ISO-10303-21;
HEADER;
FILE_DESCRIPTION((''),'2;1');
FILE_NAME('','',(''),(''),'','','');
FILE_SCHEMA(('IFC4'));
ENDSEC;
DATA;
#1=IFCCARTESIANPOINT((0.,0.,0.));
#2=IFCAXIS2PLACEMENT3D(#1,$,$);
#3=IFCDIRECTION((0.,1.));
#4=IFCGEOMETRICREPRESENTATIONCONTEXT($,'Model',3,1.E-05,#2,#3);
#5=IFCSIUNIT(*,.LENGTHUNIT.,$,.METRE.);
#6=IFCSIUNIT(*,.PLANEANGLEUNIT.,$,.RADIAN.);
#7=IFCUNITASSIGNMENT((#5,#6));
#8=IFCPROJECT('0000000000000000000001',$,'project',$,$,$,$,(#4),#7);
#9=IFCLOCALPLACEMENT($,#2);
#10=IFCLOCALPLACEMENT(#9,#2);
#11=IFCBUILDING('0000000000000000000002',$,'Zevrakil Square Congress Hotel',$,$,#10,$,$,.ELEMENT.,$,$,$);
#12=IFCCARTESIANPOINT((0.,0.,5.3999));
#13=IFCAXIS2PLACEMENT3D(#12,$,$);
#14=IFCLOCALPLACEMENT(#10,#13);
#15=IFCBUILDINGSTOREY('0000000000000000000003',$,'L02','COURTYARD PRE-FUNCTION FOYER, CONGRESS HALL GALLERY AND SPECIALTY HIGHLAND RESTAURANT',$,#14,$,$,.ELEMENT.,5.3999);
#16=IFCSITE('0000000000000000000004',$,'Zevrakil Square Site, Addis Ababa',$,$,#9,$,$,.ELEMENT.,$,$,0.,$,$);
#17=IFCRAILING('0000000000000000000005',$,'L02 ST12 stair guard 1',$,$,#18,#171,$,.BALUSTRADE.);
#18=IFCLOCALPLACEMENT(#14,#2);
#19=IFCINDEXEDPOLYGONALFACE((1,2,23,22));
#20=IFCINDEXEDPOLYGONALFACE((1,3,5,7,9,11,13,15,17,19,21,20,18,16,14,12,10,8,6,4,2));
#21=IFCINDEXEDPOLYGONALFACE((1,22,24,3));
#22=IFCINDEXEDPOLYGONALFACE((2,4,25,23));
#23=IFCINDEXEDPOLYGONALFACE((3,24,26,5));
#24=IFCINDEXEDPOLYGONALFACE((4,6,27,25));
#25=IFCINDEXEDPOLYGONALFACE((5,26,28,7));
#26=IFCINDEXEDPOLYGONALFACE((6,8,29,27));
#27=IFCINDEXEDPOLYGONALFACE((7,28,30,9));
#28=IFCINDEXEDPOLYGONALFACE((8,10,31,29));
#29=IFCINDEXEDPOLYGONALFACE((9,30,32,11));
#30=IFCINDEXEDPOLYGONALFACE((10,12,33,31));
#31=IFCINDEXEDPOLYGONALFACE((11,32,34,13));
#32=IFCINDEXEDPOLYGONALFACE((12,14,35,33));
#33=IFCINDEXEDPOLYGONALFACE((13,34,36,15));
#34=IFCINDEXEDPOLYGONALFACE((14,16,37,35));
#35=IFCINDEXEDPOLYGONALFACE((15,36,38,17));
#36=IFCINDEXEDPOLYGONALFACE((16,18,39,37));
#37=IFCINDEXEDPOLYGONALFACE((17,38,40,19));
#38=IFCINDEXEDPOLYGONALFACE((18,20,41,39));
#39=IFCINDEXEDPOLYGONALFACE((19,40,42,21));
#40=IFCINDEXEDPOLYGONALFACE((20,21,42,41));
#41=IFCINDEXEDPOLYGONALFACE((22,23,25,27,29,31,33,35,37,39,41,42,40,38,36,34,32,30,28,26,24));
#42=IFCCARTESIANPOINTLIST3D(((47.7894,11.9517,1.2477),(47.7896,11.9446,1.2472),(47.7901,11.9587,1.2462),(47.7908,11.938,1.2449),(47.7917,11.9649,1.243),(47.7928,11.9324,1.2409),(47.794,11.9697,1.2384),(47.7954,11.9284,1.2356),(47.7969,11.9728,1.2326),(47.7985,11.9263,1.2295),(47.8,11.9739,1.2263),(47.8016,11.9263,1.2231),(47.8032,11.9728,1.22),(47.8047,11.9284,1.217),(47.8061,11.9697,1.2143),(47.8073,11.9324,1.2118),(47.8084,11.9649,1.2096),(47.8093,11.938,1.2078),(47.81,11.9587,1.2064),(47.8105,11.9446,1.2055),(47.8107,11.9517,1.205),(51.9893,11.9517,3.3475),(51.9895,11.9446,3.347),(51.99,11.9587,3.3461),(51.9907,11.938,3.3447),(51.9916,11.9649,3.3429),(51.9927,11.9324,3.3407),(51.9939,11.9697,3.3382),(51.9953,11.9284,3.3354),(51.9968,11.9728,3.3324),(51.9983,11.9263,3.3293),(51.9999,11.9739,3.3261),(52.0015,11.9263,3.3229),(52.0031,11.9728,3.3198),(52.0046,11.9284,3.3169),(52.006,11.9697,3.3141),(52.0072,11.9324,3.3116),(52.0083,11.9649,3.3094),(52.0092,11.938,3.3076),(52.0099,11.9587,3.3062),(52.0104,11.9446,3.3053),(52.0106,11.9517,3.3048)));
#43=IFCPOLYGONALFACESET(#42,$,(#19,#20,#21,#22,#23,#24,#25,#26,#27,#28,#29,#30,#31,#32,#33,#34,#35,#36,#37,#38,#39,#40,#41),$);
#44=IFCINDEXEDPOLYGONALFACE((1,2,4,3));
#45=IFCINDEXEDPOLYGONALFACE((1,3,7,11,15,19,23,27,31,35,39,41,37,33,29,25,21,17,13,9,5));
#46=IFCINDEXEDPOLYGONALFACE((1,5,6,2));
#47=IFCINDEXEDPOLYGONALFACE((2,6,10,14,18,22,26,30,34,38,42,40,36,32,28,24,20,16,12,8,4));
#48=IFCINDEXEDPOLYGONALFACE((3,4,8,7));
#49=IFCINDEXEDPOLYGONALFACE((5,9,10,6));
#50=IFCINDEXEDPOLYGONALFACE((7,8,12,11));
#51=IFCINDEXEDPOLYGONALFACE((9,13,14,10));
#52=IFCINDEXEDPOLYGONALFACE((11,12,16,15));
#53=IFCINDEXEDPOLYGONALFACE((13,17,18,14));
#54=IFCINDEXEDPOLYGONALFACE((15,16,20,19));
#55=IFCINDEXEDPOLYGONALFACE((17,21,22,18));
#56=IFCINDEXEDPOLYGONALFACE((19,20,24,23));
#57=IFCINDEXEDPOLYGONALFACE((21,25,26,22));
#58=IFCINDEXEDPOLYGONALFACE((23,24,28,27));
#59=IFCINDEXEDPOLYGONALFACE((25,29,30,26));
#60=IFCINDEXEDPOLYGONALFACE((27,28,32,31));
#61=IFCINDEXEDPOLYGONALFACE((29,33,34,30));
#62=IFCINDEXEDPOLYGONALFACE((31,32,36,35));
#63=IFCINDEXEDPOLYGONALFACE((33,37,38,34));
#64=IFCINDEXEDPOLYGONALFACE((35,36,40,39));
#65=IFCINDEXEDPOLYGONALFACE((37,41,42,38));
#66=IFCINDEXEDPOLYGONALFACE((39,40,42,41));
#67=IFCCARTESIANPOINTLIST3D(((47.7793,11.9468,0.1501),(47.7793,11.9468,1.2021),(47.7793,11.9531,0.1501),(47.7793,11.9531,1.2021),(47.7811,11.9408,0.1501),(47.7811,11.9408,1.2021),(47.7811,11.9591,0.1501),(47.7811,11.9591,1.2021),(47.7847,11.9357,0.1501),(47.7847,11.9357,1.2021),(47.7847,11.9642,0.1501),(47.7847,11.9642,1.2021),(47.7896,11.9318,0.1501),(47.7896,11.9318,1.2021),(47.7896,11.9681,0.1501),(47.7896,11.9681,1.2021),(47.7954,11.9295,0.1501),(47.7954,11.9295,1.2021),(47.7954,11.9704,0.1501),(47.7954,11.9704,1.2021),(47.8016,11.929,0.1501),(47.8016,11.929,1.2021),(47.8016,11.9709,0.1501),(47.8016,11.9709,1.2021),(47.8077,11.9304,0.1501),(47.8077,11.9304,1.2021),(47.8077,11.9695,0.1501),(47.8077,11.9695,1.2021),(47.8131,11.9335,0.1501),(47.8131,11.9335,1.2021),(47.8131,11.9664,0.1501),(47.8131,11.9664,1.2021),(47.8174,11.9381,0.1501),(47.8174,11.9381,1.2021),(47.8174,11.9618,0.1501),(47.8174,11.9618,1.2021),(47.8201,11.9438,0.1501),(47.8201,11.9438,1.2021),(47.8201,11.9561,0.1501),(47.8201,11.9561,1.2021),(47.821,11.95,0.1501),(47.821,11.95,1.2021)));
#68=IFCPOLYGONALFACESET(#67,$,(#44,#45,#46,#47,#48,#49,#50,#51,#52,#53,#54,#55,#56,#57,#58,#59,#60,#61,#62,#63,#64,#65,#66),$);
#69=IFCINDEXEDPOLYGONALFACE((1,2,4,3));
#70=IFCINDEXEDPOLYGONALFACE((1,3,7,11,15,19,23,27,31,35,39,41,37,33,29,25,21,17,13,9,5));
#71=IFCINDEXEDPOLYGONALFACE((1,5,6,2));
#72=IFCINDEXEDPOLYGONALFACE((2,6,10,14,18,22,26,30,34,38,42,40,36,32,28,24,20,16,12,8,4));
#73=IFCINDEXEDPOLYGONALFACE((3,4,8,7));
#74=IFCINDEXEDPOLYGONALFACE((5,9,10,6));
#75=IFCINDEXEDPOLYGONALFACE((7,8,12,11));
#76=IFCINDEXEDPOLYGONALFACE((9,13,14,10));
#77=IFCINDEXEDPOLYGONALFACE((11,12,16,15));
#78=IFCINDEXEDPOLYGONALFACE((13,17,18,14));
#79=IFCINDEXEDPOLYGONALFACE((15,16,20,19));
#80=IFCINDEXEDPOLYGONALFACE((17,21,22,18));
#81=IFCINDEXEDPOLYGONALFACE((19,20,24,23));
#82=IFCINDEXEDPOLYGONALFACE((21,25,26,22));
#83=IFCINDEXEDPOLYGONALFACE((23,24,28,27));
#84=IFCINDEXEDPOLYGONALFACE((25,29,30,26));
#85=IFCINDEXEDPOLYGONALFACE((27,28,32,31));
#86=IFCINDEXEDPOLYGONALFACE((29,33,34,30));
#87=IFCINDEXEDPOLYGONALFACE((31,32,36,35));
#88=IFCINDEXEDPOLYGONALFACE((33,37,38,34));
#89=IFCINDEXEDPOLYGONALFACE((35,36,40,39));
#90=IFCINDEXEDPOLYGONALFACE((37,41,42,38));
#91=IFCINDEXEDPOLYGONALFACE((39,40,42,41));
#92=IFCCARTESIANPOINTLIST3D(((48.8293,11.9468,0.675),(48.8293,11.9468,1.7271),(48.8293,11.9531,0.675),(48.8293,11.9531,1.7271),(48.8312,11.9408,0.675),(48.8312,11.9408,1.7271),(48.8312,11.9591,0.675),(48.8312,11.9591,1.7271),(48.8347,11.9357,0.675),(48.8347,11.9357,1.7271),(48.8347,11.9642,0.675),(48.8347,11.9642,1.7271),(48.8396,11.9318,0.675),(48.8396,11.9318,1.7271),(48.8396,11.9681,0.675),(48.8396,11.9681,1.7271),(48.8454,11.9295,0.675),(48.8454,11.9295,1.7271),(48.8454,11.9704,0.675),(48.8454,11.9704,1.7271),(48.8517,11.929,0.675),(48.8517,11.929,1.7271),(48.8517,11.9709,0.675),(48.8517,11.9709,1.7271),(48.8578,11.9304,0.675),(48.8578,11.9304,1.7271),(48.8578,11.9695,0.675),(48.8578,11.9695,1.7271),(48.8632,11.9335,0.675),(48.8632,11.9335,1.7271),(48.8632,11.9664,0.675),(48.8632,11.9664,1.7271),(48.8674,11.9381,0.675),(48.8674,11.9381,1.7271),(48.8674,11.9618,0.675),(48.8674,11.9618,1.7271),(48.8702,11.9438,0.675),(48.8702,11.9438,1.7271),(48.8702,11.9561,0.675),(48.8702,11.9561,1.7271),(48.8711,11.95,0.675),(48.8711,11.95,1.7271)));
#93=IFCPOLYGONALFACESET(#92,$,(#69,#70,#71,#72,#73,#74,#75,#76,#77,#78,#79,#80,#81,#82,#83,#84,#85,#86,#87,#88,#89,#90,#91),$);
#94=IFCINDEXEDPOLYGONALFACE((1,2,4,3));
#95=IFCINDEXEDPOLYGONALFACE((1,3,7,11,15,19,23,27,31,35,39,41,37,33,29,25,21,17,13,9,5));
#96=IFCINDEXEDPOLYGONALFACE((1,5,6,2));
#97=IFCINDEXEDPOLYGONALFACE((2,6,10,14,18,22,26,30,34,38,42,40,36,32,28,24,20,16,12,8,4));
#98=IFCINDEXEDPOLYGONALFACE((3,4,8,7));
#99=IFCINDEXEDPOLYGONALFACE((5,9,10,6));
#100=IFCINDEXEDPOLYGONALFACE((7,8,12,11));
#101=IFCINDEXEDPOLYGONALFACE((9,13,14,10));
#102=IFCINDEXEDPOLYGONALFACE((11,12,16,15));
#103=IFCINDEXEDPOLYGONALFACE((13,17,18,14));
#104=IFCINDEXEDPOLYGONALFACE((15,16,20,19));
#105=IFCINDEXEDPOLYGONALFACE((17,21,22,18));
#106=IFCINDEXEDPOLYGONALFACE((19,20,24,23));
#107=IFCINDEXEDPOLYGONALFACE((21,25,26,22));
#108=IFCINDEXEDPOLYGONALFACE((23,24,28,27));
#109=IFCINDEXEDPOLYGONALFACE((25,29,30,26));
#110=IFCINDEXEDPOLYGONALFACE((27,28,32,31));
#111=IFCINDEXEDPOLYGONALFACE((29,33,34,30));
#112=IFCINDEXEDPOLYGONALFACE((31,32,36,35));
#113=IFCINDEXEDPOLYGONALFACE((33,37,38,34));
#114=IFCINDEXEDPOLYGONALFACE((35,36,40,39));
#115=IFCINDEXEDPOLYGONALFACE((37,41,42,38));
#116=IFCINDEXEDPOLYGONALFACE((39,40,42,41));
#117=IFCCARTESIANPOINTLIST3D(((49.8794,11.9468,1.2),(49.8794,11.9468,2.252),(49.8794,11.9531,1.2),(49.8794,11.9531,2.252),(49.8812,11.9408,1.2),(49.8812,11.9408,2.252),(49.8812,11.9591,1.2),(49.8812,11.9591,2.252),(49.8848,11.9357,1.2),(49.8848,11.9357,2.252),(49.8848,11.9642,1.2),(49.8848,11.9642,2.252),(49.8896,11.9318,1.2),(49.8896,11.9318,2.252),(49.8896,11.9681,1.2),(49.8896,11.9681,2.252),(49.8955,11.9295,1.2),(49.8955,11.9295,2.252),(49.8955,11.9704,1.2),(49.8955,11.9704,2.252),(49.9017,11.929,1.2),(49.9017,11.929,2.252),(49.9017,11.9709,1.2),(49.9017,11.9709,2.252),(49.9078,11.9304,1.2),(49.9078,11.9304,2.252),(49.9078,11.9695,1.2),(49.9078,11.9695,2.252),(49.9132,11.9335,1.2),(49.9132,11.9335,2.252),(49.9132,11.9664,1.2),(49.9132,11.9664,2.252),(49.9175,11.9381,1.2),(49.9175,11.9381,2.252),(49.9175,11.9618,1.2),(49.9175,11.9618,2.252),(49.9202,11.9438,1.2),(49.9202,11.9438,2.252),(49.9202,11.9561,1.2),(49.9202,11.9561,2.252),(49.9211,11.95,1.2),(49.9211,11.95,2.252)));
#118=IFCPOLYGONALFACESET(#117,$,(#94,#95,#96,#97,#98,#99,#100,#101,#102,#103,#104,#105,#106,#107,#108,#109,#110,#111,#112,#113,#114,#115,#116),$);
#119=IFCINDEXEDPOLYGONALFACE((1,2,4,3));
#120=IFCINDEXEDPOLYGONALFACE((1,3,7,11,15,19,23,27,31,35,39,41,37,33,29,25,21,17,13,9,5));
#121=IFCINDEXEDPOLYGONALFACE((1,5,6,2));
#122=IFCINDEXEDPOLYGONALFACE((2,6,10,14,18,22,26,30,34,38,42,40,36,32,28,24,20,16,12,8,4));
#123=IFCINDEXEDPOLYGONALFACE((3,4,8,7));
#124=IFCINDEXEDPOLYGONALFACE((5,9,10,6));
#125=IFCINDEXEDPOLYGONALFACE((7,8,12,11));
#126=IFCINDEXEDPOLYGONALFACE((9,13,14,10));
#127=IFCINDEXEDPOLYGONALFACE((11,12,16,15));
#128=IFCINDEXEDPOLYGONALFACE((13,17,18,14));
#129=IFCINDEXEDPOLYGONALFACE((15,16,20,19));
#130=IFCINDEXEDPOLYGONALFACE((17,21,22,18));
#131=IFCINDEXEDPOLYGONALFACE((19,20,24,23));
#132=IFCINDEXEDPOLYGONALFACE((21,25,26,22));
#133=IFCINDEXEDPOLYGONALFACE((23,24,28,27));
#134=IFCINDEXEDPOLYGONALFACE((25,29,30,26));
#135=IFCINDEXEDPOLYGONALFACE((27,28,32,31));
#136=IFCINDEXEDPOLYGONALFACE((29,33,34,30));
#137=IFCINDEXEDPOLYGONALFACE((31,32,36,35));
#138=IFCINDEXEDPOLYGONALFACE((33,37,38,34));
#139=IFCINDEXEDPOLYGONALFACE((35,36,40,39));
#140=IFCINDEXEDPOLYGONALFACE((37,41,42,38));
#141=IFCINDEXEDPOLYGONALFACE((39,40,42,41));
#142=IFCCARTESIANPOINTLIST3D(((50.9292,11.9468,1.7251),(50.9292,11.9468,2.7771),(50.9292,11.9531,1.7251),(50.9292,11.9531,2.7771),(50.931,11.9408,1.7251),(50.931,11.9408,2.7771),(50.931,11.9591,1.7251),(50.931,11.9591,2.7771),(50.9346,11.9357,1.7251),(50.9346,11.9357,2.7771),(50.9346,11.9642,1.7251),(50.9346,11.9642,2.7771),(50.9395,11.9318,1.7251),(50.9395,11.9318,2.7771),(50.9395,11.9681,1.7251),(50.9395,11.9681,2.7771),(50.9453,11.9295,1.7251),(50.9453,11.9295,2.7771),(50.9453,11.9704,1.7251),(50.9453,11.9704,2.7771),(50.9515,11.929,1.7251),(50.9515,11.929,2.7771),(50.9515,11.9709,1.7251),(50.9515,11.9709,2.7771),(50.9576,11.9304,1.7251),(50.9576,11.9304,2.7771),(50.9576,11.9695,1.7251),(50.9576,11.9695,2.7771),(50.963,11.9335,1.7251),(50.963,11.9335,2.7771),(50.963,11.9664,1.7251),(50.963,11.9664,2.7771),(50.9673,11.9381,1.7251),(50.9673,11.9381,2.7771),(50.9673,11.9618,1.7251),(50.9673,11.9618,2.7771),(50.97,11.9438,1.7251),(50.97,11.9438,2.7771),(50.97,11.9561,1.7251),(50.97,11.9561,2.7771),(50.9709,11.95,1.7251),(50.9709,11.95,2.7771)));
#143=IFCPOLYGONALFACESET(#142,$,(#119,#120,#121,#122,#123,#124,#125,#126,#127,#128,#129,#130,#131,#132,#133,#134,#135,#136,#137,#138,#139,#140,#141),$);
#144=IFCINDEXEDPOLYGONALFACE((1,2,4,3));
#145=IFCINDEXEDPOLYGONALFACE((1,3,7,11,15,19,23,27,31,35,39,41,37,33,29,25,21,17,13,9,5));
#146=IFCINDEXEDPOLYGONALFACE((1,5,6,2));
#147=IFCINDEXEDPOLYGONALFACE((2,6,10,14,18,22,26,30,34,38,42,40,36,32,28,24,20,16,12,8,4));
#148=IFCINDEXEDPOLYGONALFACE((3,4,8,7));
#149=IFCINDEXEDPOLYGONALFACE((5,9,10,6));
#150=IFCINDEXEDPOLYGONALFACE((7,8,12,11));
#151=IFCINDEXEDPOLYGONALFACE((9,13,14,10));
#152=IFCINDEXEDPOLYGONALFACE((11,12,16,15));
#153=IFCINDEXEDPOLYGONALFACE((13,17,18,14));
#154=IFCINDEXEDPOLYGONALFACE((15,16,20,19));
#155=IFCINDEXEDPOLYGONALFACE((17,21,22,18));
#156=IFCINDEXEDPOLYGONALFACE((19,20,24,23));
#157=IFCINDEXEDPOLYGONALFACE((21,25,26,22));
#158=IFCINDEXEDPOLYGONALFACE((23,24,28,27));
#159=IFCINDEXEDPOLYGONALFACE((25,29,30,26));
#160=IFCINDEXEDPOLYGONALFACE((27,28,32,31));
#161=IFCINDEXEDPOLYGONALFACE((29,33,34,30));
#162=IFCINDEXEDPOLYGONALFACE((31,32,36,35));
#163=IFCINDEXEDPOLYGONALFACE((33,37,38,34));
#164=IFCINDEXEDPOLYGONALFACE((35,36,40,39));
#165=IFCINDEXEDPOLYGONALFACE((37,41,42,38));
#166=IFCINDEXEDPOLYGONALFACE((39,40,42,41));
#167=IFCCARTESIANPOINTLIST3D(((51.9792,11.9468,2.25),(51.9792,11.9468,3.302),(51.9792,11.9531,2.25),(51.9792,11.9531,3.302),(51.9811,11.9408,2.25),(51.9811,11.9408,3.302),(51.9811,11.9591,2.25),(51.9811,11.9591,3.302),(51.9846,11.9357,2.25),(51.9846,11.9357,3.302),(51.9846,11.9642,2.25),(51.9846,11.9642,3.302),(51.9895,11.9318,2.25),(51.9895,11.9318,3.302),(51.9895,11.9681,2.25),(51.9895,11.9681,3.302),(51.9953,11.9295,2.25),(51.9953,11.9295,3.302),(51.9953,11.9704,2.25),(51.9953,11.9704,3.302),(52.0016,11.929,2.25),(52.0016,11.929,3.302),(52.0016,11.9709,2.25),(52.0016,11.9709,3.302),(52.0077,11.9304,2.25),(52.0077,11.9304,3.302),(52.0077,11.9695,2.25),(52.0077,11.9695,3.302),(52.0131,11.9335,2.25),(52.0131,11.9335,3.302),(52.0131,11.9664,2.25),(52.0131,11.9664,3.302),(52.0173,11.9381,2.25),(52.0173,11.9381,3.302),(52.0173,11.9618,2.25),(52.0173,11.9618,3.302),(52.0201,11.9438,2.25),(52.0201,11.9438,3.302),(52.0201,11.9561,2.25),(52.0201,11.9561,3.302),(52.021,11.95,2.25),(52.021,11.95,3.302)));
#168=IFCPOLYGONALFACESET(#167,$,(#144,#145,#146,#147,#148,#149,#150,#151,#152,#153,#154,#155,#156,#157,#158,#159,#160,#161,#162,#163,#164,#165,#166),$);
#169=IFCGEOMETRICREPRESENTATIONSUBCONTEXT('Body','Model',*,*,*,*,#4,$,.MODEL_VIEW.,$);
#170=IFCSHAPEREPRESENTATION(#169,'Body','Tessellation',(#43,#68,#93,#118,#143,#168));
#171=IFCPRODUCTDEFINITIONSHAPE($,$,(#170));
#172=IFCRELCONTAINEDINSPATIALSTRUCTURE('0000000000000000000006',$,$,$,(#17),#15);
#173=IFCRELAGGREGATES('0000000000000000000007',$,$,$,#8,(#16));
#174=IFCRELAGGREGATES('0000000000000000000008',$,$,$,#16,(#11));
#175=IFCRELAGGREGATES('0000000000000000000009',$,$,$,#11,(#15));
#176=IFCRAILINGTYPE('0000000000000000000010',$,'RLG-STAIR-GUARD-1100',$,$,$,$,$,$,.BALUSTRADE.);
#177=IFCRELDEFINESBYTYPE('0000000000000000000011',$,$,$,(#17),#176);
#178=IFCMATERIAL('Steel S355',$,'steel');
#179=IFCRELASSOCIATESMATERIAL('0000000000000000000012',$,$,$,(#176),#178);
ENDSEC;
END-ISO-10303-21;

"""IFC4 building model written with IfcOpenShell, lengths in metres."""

from ifc_helpers import new_model, si_unit, direction, frame, origin, origin_2d, place, context, subcontext, project, spatial, circle, extrude, material, type_object, element, save


model = new_model("IFC4")

# Units and contexts
model_context = context("Model", 3, precision=1e-05, world=origin(), true_north=direction((0.0, 1.0)))
body_context = subcontext(model_context, "Body", "Model", "MODEL_VIEW")
ifc_project = project(units=[si_unit("LENGTHUNIT", "METRE"), si_unit("PLANEANGLEUNIT", "RADIAN")], contexts=[model_context])

# Site, building, storey
site_placement = place(None, origin())
site = spatial("IfcSite", under=ifc_project, at=site_placement, Name="Zevrakil Square Site, Addis Ababa", CompositionType="ELEMENT", RefElevation=0.0)
building_placement = place(site_placement, origin())
building = spatial("IfcBuilding", under=site, at=building_placement, Name="Zevrakil Square Congress Hotel", CompositionType="ELEMENT")
storey_placement = place(building_placement, frame((0.0, 0.0, 5.3999)))
storey = spatial("IfcBuildingStorey", under=building, at=storey_placement, Name="L02", Description="COURTYARD PRE-FUNCTION FOYER, CONGRESS HALL GALLERY AND SPECIALTY HIGHLAND RESTAURANT", CompositionType="ELEMENT", Elevation=5.3999)

# Railing
ifc_material_1 = material(Name="Steel S355", Category="steel")
railing_type_1 = type_object("IfcRailingType", Name="RLG-STAIR-GUARD-1100", PredefinedType="BALUSTRADE", material=ifc_material_1)
railing_1_placement = place(storey_placement, frame((47.8, 11.95, 0.1501)))
element("IfcRailing", 1, at=railing_1_placement, inside=storey, type_object=railing_type_1, Name="L02 ST12 stair guard 1", PredefinedType="BALUSTRADE", context=body_context, shape_type="SweptSolid", body=[
    extrude(circle(Radius=0.0239, at=origin_2d()), frame((0.0, 0.0, 1.0762), z_axis=(0.894438, 0.0, 0.447193), x_axis=(0.0, 1.0, 0.0)), (0.0, 0.0, 1.0), 4.6956),
    extrude(circle(Radius=0.021, at=origin_2d()), origin(), (0.0, 0.0, 1.0), 1.052),
    extrude(circle(Radius=0.021, at=origin_2d()), frame((1.05, 0.0, 0.5249)), (0.0, 0.0, 1.0), 1.052),
    extrude(circle(Radius=0.021, at=origin_2d()), frame((2.1001, 0.0, 1.0498)), (0.0, 0.0, 1.0), 1.052),
    extrude(circle(Radius=0.021, at=origin_2d()), frame((3.1499, 0.0, 1.575)), (0.0, 0.0, 1.0), 1.052),
    extrude(circle(Radius=0.021, at=origin_2d()), frame((4.2, 0.0, 2.0999)), (0.0, 0.0, 1.0), 1.052),
])

save(model, "model.ifc")
